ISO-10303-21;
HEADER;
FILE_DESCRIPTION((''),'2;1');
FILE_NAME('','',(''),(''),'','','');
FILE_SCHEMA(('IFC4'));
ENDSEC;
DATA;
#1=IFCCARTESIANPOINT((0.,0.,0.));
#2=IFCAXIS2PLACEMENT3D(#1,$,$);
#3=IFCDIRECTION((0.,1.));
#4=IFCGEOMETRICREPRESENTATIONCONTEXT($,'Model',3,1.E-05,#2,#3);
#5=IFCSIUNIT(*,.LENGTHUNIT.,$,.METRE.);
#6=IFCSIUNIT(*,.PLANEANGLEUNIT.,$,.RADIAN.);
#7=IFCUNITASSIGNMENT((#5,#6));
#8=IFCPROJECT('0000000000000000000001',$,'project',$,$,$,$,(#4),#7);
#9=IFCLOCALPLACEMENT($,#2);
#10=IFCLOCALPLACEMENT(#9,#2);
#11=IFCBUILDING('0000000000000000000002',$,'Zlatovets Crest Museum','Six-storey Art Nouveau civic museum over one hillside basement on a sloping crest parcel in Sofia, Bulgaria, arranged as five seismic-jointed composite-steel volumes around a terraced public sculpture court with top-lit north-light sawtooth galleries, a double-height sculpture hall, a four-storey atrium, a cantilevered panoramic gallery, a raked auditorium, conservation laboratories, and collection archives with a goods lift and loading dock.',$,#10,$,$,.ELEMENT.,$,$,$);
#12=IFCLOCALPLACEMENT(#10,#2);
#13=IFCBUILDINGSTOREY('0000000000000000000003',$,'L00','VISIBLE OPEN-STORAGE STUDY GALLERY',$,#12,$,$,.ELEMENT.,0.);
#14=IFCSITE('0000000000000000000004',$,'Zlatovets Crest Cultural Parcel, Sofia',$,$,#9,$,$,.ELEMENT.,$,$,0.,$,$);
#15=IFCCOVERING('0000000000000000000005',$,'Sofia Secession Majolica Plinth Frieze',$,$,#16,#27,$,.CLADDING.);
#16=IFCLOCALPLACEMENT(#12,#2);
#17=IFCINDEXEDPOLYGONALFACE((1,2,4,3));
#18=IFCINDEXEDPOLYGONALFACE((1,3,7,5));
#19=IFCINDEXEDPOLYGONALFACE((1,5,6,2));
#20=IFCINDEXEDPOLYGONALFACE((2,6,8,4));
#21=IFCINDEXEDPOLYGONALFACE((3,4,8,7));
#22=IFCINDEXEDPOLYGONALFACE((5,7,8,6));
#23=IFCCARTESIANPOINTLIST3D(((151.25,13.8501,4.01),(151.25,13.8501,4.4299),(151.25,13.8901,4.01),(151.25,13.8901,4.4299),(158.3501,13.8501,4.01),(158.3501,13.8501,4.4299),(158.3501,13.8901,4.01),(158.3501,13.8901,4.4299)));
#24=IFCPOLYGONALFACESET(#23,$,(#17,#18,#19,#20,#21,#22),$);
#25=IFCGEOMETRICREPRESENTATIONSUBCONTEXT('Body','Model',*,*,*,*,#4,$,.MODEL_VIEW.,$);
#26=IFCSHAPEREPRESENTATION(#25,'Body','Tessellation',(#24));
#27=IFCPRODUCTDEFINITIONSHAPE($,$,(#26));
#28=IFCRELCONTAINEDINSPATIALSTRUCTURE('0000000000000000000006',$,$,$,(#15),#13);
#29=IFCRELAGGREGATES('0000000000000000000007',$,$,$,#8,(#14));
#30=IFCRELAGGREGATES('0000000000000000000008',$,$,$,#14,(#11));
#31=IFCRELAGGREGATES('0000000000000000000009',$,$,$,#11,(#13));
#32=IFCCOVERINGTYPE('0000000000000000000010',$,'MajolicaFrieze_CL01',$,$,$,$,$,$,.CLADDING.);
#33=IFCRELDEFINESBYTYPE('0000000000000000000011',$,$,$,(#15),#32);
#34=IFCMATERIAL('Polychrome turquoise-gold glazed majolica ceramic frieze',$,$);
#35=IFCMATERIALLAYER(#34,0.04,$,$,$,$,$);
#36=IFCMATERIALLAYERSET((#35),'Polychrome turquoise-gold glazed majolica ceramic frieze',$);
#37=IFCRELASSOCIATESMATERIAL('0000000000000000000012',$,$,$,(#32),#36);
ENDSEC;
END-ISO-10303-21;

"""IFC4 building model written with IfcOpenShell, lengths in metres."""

from ifc_helpers import new_model, si_unit, direction, frame, origin, origin_2d, place, context, subcontext, project, spatial, rectangle, extrude, material, layer, layer_set, type_object, element, save


model = new_model("IFC4")

# Units and contexts
model_context = context("Model", 3, precision=1e-05, world=origin(), true_north=direction((0.0, 1.0)))
body_context = subcontext(model_context, "Body", "Model", "MODEL_VIEW")
ifc_project = project(units=[si_unit("LENGTHUNIT", "METRE"), si_unit("PLANEANGLEUNIT", "RADIAN")], contexts=[model_context])

# Site, building, storey
site_placement = place(None, origin())
site = spatial("IfcSite", under=ifc_project, at=site_placement, Name="Zlatovets Crest Cultural Parcel, Sofia", CompositionType="ELEMENT", RefElevation=0.0)
building_placement = place(site_placement, origin())
building = spatial("IfcBuilding", under=site, at=building_placement, Name="Zlatovets Crest Museum", Description="Six-storey Art Nouveau civic museum over one hillside basement on a sloping crest parcel in Sofia, Bulgaria, arranged as five seismic-jointed composite-steel volumes around a terraced public sculpture court with top-lit north-light sawtooth galleries, a double-height sculpture hall, a four-storey atrium, a cantilevered panoramic gallery, a raked auditorium, conservation laboratories, and collection archives with a goods lift and loading dock.", CompositionType="ELEMENT")
storey_placement = place(building_placement, origin())
storey = spatial("IfcBuildingStorey", under=building, at=storey_placement, Name="L00", Description="VISIBLE OPEN-STORAGE STUDY GALLERY", CompositionType="ELEMENT", Elevation=0.0)

# Covering
ifc_material_1 = material(Name="Polychrome turquoise-gold glazed majolica ceramic frieze")
ifc_layer_1 = layer(ifc_material_1, 0.04)
ifc_layer_set_1 = layer_set([ifc_layer_1], Name="Polychrome turquoise-gold glazed majolica ceramic frieze")
covering_type = type_object("IfcCoveringType", Name="MajolicaFrieze_CL01", PredefinedType="CLADDING", material=ifc_layer_set_1)
covering_placement = place(storey_placement, frame((154.8, 13.8701, 4.01), z_axis=(0.0, 0.0, 1.0), x_axis=(1.0, 0.0, 0.0)))
element("IfcCovering", 1, at=covering_placement, inside=storey, type_object=covering_type, Name="Sofia Secession Majolica Plinth Frieze", PredefinedType="CLADDING", context=body_context, shape_type="SweptSolid", body=[
    extrude(rectangle(XDim=7.1001, YDim=0.04, at=origin_2d()), origin(), (0.0, 0.0, 1.0), 0.4199),
])

save(model, "model.ifc")
